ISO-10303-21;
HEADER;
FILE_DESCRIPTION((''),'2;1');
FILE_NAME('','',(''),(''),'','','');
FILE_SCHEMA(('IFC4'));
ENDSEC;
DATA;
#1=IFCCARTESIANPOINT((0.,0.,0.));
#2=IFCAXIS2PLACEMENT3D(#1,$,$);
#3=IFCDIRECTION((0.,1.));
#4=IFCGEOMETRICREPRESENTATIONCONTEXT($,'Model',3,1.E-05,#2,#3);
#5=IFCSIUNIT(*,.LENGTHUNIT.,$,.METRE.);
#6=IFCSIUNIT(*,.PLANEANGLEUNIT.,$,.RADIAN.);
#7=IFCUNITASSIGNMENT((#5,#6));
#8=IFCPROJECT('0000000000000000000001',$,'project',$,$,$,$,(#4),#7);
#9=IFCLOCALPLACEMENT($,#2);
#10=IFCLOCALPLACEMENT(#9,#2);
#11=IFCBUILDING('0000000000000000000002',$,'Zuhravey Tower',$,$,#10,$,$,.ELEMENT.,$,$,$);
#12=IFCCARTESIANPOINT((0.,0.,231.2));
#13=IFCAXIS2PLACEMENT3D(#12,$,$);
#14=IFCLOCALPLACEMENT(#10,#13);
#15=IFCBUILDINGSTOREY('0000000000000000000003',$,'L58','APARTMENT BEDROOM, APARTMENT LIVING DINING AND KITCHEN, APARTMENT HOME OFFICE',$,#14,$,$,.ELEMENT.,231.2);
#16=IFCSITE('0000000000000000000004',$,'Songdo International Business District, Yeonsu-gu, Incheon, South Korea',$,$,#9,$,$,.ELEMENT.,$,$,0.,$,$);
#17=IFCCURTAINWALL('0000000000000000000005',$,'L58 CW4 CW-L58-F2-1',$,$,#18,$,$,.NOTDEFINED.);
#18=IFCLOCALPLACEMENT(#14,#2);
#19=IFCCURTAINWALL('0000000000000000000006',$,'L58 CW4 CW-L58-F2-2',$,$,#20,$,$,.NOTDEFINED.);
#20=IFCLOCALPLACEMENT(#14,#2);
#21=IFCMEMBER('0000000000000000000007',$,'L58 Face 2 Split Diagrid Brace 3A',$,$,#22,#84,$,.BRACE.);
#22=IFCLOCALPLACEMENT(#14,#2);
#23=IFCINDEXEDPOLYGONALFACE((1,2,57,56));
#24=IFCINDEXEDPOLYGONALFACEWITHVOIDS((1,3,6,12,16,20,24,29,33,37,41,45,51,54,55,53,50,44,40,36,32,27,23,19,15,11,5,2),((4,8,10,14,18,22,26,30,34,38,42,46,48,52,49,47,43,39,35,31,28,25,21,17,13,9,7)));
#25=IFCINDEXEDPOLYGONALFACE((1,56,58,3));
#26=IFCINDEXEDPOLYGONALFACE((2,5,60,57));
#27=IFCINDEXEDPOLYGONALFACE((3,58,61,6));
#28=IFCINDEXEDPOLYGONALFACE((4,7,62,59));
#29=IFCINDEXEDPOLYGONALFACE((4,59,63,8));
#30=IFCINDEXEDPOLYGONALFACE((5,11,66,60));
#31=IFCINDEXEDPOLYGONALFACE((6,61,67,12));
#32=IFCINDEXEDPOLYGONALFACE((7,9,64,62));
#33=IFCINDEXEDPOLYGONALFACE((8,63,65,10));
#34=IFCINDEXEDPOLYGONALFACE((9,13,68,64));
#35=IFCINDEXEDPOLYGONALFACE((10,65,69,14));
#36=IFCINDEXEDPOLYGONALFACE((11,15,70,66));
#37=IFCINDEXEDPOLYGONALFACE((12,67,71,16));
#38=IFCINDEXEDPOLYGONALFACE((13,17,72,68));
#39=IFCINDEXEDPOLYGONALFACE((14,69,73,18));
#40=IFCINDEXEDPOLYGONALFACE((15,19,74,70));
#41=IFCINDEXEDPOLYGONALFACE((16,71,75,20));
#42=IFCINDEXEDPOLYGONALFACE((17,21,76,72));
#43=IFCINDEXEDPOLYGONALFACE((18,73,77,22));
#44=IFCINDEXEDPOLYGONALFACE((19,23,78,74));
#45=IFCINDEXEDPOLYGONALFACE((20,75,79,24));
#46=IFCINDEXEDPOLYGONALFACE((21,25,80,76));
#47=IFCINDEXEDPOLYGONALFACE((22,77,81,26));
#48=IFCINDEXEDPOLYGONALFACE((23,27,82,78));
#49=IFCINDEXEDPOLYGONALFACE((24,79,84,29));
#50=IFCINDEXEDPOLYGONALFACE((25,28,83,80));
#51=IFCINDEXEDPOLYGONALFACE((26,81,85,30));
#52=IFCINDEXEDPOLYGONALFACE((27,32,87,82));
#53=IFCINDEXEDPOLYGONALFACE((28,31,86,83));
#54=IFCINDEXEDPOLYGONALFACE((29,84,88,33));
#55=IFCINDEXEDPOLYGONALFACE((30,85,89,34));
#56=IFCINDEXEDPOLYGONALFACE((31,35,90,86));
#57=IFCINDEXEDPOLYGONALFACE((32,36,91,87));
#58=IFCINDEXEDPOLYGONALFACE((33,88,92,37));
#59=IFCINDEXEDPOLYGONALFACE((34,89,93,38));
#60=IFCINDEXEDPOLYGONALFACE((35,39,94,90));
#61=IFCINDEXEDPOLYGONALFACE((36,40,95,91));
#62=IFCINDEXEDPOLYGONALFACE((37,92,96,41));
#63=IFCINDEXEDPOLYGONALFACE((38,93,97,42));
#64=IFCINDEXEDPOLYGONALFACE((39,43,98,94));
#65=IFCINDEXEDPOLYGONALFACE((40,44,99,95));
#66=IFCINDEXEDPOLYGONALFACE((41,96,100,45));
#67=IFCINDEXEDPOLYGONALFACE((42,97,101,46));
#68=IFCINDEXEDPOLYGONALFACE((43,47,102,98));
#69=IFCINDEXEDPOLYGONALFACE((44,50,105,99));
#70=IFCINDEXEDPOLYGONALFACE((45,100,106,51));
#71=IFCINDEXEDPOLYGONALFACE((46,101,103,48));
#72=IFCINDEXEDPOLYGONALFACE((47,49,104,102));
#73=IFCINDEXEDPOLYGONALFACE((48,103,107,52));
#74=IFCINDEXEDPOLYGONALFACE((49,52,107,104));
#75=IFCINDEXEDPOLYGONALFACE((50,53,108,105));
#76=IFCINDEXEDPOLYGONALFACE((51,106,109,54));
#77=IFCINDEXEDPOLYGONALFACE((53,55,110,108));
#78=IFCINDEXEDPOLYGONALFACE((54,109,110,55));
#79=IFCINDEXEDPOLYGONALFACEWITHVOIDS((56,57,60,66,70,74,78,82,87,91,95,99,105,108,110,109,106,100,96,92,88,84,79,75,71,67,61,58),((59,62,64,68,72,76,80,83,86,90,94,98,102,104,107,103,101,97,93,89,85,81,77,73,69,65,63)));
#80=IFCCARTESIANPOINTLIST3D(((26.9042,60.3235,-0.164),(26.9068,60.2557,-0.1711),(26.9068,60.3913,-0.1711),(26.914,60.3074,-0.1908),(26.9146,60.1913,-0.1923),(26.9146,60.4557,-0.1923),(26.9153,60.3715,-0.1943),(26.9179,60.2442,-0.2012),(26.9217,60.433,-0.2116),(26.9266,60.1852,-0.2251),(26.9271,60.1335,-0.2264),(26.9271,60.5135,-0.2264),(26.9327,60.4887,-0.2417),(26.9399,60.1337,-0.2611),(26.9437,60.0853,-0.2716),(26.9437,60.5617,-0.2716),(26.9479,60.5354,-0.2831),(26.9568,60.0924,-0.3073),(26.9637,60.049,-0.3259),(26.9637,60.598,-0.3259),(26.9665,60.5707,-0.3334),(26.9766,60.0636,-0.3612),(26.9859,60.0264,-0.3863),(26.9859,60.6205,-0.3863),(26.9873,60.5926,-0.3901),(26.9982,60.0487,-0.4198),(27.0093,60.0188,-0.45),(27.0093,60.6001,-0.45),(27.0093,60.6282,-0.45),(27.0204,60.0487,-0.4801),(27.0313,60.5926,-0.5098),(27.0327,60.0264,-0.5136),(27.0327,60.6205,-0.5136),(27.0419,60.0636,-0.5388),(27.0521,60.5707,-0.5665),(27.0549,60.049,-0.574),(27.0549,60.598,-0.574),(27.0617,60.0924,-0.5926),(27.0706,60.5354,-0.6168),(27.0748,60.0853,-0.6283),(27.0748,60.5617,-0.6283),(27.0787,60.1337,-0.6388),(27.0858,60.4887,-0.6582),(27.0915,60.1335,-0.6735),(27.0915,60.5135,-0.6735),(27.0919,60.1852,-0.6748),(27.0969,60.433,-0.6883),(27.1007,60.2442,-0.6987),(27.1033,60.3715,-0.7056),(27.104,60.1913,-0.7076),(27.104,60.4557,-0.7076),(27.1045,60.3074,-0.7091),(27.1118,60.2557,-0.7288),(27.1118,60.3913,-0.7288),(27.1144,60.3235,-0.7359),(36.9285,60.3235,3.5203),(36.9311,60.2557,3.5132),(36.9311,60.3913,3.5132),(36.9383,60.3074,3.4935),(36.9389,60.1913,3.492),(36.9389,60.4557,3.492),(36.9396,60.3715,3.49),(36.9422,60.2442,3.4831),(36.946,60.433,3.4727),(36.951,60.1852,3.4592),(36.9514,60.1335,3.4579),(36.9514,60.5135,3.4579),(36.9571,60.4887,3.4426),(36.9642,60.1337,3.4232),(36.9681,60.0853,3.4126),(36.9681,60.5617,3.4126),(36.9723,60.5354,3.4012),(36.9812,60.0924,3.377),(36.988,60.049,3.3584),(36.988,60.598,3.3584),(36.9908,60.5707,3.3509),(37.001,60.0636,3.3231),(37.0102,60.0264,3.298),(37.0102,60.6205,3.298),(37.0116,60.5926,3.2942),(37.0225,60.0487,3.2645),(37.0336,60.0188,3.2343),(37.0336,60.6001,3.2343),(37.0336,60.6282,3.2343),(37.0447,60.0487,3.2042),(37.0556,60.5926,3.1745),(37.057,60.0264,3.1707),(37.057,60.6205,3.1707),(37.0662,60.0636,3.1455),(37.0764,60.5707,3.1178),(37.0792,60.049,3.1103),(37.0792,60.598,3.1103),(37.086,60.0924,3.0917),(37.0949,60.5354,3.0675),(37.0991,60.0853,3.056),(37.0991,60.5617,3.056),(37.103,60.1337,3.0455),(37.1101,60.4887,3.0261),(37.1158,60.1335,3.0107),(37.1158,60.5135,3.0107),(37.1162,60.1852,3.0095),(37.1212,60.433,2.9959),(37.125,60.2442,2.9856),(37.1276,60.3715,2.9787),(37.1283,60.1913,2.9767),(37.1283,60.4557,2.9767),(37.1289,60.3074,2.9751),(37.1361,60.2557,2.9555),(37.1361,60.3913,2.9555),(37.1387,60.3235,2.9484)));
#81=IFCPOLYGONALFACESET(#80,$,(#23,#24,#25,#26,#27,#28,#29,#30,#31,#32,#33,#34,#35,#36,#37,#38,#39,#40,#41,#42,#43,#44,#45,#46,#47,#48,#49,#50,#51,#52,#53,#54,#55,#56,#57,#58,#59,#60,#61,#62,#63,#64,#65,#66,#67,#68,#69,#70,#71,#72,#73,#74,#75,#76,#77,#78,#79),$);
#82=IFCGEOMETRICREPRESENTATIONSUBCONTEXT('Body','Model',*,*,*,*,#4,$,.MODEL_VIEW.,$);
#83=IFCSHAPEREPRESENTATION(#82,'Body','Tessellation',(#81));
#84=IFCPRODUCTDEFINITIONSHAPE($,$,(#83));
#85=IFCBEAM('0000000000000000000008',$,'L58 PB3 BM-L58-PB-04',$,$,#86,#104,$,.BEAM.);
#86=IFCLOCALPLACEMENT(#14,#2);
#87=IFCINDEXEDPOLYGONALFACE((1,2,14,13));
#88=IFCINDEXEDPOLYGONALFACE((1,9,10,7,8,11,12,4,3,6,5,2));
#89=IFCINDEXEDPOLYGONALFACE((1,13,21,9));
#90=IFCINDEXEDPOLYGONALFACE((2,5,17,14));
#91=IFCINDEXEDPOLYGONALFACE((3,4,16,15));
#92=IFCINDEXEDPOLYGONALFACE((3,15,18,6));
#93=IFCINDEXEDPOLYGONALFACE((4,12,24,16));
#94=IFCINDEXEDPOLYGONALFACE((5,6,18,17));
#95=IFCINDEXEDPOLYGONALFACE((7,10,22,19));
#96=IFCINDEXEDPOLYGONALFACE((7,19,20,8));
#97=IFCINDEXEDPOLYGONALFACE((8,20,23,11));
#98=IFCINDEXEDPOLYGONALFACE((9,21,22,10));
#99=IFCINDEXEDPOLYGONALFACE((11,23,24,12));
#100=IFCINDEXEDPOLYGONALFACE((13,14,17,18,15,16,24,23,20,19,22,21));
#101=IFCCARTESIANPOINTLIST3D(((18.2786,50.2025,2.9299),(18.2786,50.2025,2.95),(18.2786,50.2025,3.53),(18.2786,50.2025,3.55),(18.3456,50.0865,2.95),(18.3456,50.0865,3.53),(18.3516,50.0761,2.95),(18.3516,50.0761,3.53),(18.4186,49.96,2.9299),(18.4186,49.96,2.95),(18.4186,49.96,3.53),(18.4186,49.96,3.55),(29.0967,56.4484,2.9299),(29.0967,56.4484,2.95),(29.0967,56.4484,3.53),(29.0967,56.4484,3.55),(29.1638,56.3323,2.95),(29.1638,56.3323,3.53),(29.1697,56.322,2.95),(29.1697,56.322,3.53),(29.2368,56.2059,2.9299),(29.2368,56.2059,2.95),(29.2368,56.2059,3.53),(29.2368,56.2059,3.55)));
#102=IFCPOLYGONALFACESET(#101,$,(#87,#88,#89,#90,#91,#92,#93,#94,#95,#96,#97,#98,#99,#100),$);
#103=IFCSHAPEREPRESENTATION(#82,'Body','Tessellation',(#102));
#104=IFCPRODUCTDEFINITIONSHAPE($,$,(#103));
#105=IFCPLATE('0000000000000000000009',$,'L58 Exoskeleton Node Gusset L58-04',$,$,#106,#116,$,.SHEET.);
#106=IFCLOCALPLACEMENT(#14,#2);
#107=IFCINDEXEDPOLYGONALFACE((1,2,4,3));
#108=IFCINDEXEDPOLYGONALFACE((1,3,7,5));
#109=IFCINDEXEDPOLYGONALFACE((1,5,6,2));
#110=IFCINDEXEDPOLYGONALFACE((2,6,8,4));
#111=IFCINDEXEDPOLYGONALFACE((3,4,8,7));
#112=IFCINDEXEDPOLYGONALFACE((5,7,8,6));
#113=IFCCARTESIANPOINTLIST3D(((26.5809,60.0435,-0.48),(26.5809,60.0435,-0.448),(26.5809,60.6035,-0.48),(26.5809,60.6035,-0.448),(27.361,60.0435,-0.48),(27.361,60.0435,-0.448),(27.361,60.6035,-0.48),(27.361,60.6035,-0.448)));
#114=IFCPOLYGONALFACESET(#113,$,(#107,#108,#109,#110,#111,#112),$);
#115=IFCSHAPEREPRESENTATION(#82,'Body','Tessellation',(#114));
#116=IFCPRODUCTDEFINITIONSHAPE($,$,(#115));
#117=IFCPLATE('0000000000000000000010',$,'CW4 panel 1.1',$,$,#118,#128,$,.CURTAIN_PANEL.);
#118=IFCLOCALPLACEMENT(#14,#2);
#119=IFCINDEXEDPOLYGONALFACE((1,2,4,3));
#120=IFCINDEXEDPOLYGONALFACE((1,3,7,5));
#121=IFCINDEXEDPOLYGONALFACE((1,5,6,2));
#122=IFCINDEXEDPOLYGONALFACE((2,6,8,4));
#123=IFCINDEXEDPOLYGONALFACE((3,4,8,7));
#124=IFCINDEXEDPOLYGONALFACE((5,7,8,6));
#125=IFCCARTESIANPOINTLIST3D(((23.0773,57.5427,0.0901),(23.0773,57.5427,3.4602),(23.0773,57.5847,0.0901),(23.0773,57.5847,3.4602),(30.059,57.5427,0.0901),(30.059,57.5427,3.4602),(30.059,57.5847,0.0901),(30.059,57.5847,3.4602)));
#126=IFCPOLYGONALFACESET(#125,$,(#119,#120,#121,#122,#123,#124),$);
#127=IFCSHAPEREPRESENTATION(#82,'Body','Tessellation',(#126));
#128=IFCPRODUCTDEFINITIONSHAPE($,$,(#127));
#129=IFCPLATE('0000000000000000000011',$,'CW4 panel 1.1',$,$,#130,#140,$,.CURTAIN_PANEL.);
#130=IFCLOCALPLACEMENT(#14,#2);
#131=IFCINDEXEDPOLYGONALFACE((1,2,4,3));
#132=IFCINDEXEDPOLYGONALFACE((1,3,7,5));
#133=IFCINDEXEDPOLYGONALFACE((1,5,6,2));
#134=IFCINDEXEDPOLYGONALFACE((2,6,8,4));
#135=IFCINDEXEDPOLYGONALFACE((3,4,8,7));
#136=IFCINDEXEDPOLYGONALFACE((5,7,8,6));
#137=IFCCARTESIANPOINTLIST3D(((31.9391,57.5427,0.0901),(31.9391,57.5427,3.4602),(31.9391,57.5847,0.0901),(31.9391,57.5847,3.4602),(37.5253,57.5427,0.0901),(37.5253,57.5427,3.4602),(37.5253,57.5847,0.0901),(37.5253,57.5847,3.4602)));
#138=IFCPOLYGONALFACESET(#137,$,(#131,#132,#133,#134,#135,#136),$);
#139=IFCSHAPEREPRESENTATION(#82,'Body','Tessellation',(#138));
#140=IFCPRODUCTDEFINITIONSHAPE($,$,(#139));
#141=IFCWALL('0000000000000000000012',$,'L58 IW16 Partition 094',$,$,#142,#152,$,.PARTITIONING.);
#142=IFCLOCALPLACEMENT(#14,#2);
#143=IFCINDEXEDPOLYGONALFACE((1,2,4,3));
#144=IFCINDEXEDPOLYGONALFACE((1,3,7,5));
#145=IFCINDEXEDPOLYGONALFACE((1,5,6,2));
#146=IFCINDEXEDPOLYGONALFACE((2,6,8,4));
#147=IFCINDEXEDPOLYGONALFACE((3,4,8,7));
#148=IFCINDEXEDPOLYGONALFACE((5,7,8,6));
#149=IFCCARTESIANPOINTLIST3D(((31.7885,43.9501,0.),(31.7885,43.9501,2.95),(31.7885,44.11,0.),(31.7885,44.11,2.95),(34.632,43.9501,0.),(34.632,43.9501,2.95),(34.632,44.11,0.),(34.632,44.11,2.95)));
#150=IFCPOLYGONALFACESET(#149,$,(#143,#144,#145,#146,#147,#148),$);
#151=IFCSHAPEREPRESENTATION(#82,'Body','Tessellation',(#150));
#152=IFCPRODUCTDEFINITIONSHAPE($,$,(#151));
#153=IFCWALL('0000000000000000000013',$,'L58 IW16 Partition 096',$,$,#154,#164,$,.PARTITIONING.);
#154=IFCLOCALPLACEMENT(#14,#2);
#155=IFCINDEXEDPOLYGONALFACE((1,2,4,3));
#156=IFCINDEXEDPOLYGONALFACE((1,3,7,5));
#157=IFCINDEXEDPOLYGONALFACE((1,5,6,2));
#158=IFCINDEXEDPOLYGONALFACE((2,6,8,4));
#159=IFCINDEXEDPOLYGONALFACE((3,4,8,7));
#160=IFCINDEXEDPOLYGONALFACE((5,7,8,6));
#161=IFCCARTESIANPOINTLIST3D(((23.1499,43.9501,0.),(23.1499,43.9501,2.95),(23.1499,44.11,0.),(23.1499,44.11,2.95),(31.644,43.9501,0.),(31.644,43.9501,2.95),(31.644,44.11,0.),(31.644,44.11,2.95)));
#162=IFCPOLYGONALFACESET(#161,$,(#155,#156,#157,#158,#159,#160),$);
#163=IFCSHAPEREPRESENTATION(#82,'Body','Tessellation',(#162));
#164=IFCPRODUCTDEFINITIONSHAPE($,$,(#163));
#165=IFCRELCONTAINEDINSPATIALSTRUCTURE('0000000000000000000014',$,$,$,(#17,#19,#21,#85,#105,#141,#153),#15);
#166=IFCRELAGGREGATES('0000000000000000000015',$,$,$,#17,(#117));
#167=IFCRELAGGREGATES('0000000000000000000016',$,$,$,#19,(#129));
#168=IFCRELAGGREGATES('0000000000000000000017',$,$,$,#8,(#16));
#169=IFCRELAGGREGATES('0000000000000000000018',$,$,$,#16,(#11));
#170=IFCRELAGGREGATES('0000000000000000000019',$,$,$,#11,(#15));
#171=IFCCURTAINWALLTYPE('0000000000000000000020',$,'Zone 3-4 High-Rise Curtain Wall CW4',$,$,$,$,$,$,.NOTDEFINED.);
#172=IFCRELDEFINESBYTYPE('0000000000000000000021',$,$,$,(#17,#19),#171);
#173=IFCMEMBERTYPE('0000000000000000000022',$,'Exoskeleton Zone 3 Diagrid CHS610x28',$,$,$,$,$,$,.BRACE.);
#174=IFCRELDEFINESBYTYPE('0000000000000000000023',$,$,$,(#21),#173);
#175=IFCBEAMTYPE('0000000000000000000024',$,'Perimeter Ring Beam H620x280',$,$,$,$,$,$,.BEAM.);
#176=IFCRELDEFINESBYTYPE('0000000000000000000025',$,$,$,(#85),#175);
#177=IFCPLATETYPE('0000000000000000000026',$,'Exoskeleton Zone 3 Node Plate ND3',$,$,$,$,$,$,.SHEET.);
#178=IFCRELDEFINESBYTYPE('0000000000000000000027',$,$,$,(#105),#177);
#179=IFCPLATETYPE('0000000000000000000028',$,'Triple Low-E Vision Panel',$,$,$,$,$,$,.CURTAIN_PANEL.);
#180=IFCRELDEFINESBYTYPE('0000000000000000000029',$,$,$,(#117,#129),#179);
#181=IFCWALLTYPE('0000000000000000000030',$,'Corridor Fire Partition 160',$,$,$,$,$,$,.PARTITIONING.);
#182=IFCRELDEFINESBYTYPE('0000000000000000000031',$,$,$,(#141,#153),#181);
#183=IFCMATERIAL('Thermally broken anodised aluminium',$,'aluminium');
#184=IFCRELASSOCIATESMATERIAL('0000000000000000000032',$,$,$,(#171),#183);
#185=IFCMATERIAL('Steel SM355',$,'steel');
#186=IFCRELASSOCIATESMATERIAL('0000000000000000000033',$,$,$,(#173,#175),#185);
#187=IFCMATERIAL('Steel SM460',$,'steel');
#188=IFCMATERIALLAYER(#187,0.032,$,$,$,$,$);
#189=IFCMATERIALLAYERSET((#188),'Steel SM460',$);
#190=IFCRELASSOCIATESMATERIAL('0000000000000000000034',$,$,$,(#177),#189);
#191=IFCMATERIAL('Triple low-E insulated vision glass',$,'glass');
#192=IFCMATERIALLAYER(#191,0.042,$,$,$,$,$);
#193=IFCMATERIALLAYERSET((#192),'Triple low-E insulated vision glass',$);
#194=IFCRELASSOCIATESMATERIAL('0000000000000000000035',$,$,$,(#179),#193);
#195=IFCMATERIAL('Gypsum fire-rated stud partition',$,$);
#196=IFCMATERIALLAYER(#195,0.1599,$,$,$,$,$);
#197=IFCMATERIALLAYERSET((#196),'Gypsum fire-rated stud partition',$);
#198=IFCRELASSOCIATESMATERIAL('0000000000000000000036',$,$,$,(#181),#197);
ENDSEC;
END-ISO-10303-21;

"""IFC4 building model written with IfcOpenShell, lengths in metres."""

from ifc_helpers import new_model, si_unit, direction, frame, frame_2d, origin, origin_2d, place, context, subcontext, project, spatial, rectangle, hollow_circle, i_section, extrude, material, layer, layer_set, material_profile, profile_set, type_object, element, aggregate, save


model = new_model("IFC4")

# Units and contexts
model_context = context("Model", 3, precision=1e-05, world=origin(), true_north=direction((0.0, 1.0)))
body_context = subcontext(model_context, "Body", "Model", "MODEL_VIEW")
ifc_project = project(units=[si_unit("LENGTHUNIT", "METRE"), si_unit("PLANEANGLEUNIT", "RADIAN")], contexts=[model_context])

# Site, building, storey
site_placement = place(None, origin())
site = spatial("IfcSite", under=ifc_project, at=site_placement, Name="Songdo International Business District, Yeonsu-gu, Incheon, South Korea", CompositionType="ELEMENT", RefElevation=0.0)
building_placement = place(site_placement, origin())
building = spatial("IfcBuilding", under=site, at=building_placement, Name="Zuhravey Tower", CompositionType="ELEMENT")
storey_placement = place(building_placement, frame((0.0, 0.0, 231.2)))
storey = spatial("IfcBuildingStorey", under=building, at=storey_placement, Name="L58", Description="APARTMENT BEDROOM, APARTMENT LIVING DINING AND KITCHEN, APARTMENT HOME OFFICE", CompositionType="ELEMENT", Elevation=231.2)

# Curtain walls
ifc_material_1 = material(Name="Thermally broken anodised aluminium", Category="aluminium")
curtain_wall_type = type_object("IfcCurtainWallType", Name="Zone 3-4 High-Rise Curtain Wall CW4", PredefinedType="NOTDEFINED", material=ifc_material_1)
curtain_wall_1_placement = place(storey_placement, origin())
curtain_wall_1 = element("IfcCurtainWall", 1, at=curtain_wall_1_placement, inside=storey, type_object=curtain_wall_type, Name="L58 CW4 CW-L58-F2-1", PredefinedType="NOTDEFINED")
curtain_wall_2_placement = place(storey_placement, origin())
curtain_wall_2 = element("IfcCurtainWall", 2, at=curtain_wall_2_placement, inside=storey, type_object=curtain_wall_type, Name="L58 CW4 CW-L58-F2-2", PredefinedType="NOTDEFINED")

# Member
ifc_material_2 = material(Name="Steel SM355", Category="steel")
ifc_material_profile_1 = material_profile(ifc_material_2, hollow_circle(Radius=0.3047, WallThickness=0.0281, at=origin_2d()), Name="CHS-609.6x28")
ifc_profile_set_1 = profile_set([ifc_material_profile_1], Name="Steel SM355")
member_type_1 = type_object("IfcMemberType", Name="Exoskeleton Zone 3 Diagrid CHS610x28", PredefinedType="BRACE", material=ifc_profile_set_1)
member_1_placement = place(storey_placement, frame((27.0093, 60.3235, -0.45), z_axis=(0.938613, 0.0, 0.344973), x_axis=(0.0, 1.0, 0.0)))
element("IfcMember", 3, at=member_1_placement, inside=storey, type_object=member_type_1, Name="L58 Face 2 Split Diagrid Brace 3A", PredefinedType="BRACE", context=body_context, shape_type="SweptSolid", body=[
    extrude(hollow_circle(Radius=0.3047, WallThickness=0.0281, at=origin_2d()), origin(), (0.0, 0.0, 1.0), 10.6799),
])

# Beam
ifc_material_profile_2 = material_profile(ifc_material_2, i_section(OverallWidth=0.28, OverallDepth=0.6201, WebThickness=0.012, FlangeThickness=0.02, at=origin_2d()), Name="H-620x280x12x20")
ifc_profile_set_2 = profile_set([ifc_material_profile_2], Name="Steel SM355")
beam_type = type_object("IfcBeamType", Name="Perimeter Ring Beam H620x280", PredefinedType="BEAM", material=ifc_profile_set_2)
beam_placement = place(storey_placement, frame((29.1667, 56.3271, 3.24), z_axis=(-0.866025, -0.5, 0.0), x_axis=(0.5, -0.866025, 0.0)))
element("IfcBeam", 4, at=beam_placement, inside=storey, type_object=beam_type, Name="L58 PB3 BM-L58-PB-04", PredefinedType="BEAM", context=body_context, shape_type="SweptSolid", body=[
    extrude(i_section(OverallWidth=0.28, OverallDepth=0.6201, WebThickness=0.012, FlangeThickness=0.02, at=origin_2d()), origin(), (0.0, 0.0, 1.0), 12.4917),
])

# Plates
ifc_material_3 = material(Name="Steel SM460", Category="steel")
ifc_layer_1 = layer(ifc_material_3, 0.032)
ifc_layer_set_1 = layer_set([ifc_layer_1], Name="Steel SM460")
plate_type_1 = type_object("IfcPlateType", Name="Exoskeleton Zone 3 Node Plate ND3", PredefinedType="SHEET", material=ifc_layer_set_1)
plate_1_placement = place(storey_placement, frame((26.9709, 60.3235, -0.48), z_axis=(0.0, 0.0, 1.0), x_axis=(-1.0, 0.0, 0.0)))
element("IfcPlate", 5, at=plate_1_placement, inside=storey, type_object=plate_type_1, Name="L58 Exoskeleton Node Gusset L58-04", PredefinedType="SHEET", context=body_context, shape_type="SweptSolid", body=[
    extrude(rectangle(XDim=0.78, YDim=0.5601, at=origin_2d()), origin(), (0.0, 0.0, 1.0), 0.032),
])
ifc_material_4 = material(Name="Triple low-E insulated vision glass", Category="glass")
ifc_layer_2 = layer(ifc_material_4, 0.042)
ifc_layer_set_2 = layer_set([ifc_layer_2], Name="Triple low-E insulated vision glass")
plate_type_2 = type_object("IfcPlateType", Name="Triple Low-E Vision Panel", PredefinedType="CURTAIN_PANEL", material=ifc_layer_set_2)
plate_2_placement = place(storey_placement, frame((26.5681, 57.5637, 0.0901), z_axis=(0.0, 0.0, 1.0), x_axis=(1.0, 0.0, 0.0)))
plate_2 = element("IfcPlate", 6, at=plate_2_placement, type_object=plate_type_2, Name="CW4 panel 1.1", PredefinedType="CURTAIN_PANEL", context=body_context, shape_type="SweptSolid", body=[
    extrude(rectangle(XDim=6.9817, YDim=0.042, at=origin_2d()), origin(), (0.0, 0.0, 1.0), 3.3701),
])
aggregate(curtain_wall_1, [plate_2])
plate_3_placement = place(storey_placement, frame((34.7322, 57.5637, 0.0901), z_axis=(0.0, 0.0, 1.0), x_axis=(1.0, 0.0, 0.0)))
plate_3 = element("IfcPlate", 7, at=plate_3_placement, type_object=plate_type_2, Name="CW4 panel 1.1", PredefinedType="CURTAIN_PANEL", context=body_context, shape_type="SweptSolid", body=[
    extrude(rectangle(XDim=5.5862, YDim=0.042, at=origin_2d()), origin(), (0.0, 0.0, 1.0), 3.3701),
])
aggregate(curtain_wall_2, [plate_3])

# Shared definitions
ifc_material_5 = material(Name="Gypsum fire-rated stud partition")
ifc_layer_3 = layer(ifc_material_5, 0.1599)
ifc_layer_set_3 = layer_set([ifc_layer_3], Name="Gypsum fire-rated stud partition")
wall_type_1 = type_object("IfcWallType", Name="Corridor Fire Partition 160", PredefinedType="PARTITIONING", material=ifc_layer_set_3)

# Walls
wall_1_placement = place(storey_placement, frame((34.6321, 44.03, 0.0), z_axis=(0.0, 0.0, 1.0), x_axis=(-1.0, 0.0, 0.0)))
element("IfcWall", 8, at=wall_1_placement, inside=storey, type_object=wall_type_1, Name="L58 IW16 Partition 094", PredefinedType="PARTITIONING", context=body_context, shape_type="SweptSolid", body=[
    extrude(rectangle(XDim=2.8435, YDim=0.1599, at=frame_2d((1.4219, 0.0))), origin(), (0.0, 0.0, 1.0), 2.95),
])
wall_2_placement = place(storey_placement, frame((31.644, 44.03, 0.0), z_axis=(0.0, 0.0, 1.0), x_axis=(-1.0, 0.0, 0.0)))
element("IfcWall", 9, at=wall_2_placement, inside=storey, type_object=wall_type_1, Name="L58 IW16 Partition 096", PredefinedType="PARTITIONING", context=body_context, shape_type="SweptSolid", body=[
    extrude(rectangle(XDim=8.4941, YDim=0.1599, at=frame_2d((4.2471, 0.0))), origin(), (0.0, 0.0, 1.0), 2.95),
])

save(model, "model.ifc")
